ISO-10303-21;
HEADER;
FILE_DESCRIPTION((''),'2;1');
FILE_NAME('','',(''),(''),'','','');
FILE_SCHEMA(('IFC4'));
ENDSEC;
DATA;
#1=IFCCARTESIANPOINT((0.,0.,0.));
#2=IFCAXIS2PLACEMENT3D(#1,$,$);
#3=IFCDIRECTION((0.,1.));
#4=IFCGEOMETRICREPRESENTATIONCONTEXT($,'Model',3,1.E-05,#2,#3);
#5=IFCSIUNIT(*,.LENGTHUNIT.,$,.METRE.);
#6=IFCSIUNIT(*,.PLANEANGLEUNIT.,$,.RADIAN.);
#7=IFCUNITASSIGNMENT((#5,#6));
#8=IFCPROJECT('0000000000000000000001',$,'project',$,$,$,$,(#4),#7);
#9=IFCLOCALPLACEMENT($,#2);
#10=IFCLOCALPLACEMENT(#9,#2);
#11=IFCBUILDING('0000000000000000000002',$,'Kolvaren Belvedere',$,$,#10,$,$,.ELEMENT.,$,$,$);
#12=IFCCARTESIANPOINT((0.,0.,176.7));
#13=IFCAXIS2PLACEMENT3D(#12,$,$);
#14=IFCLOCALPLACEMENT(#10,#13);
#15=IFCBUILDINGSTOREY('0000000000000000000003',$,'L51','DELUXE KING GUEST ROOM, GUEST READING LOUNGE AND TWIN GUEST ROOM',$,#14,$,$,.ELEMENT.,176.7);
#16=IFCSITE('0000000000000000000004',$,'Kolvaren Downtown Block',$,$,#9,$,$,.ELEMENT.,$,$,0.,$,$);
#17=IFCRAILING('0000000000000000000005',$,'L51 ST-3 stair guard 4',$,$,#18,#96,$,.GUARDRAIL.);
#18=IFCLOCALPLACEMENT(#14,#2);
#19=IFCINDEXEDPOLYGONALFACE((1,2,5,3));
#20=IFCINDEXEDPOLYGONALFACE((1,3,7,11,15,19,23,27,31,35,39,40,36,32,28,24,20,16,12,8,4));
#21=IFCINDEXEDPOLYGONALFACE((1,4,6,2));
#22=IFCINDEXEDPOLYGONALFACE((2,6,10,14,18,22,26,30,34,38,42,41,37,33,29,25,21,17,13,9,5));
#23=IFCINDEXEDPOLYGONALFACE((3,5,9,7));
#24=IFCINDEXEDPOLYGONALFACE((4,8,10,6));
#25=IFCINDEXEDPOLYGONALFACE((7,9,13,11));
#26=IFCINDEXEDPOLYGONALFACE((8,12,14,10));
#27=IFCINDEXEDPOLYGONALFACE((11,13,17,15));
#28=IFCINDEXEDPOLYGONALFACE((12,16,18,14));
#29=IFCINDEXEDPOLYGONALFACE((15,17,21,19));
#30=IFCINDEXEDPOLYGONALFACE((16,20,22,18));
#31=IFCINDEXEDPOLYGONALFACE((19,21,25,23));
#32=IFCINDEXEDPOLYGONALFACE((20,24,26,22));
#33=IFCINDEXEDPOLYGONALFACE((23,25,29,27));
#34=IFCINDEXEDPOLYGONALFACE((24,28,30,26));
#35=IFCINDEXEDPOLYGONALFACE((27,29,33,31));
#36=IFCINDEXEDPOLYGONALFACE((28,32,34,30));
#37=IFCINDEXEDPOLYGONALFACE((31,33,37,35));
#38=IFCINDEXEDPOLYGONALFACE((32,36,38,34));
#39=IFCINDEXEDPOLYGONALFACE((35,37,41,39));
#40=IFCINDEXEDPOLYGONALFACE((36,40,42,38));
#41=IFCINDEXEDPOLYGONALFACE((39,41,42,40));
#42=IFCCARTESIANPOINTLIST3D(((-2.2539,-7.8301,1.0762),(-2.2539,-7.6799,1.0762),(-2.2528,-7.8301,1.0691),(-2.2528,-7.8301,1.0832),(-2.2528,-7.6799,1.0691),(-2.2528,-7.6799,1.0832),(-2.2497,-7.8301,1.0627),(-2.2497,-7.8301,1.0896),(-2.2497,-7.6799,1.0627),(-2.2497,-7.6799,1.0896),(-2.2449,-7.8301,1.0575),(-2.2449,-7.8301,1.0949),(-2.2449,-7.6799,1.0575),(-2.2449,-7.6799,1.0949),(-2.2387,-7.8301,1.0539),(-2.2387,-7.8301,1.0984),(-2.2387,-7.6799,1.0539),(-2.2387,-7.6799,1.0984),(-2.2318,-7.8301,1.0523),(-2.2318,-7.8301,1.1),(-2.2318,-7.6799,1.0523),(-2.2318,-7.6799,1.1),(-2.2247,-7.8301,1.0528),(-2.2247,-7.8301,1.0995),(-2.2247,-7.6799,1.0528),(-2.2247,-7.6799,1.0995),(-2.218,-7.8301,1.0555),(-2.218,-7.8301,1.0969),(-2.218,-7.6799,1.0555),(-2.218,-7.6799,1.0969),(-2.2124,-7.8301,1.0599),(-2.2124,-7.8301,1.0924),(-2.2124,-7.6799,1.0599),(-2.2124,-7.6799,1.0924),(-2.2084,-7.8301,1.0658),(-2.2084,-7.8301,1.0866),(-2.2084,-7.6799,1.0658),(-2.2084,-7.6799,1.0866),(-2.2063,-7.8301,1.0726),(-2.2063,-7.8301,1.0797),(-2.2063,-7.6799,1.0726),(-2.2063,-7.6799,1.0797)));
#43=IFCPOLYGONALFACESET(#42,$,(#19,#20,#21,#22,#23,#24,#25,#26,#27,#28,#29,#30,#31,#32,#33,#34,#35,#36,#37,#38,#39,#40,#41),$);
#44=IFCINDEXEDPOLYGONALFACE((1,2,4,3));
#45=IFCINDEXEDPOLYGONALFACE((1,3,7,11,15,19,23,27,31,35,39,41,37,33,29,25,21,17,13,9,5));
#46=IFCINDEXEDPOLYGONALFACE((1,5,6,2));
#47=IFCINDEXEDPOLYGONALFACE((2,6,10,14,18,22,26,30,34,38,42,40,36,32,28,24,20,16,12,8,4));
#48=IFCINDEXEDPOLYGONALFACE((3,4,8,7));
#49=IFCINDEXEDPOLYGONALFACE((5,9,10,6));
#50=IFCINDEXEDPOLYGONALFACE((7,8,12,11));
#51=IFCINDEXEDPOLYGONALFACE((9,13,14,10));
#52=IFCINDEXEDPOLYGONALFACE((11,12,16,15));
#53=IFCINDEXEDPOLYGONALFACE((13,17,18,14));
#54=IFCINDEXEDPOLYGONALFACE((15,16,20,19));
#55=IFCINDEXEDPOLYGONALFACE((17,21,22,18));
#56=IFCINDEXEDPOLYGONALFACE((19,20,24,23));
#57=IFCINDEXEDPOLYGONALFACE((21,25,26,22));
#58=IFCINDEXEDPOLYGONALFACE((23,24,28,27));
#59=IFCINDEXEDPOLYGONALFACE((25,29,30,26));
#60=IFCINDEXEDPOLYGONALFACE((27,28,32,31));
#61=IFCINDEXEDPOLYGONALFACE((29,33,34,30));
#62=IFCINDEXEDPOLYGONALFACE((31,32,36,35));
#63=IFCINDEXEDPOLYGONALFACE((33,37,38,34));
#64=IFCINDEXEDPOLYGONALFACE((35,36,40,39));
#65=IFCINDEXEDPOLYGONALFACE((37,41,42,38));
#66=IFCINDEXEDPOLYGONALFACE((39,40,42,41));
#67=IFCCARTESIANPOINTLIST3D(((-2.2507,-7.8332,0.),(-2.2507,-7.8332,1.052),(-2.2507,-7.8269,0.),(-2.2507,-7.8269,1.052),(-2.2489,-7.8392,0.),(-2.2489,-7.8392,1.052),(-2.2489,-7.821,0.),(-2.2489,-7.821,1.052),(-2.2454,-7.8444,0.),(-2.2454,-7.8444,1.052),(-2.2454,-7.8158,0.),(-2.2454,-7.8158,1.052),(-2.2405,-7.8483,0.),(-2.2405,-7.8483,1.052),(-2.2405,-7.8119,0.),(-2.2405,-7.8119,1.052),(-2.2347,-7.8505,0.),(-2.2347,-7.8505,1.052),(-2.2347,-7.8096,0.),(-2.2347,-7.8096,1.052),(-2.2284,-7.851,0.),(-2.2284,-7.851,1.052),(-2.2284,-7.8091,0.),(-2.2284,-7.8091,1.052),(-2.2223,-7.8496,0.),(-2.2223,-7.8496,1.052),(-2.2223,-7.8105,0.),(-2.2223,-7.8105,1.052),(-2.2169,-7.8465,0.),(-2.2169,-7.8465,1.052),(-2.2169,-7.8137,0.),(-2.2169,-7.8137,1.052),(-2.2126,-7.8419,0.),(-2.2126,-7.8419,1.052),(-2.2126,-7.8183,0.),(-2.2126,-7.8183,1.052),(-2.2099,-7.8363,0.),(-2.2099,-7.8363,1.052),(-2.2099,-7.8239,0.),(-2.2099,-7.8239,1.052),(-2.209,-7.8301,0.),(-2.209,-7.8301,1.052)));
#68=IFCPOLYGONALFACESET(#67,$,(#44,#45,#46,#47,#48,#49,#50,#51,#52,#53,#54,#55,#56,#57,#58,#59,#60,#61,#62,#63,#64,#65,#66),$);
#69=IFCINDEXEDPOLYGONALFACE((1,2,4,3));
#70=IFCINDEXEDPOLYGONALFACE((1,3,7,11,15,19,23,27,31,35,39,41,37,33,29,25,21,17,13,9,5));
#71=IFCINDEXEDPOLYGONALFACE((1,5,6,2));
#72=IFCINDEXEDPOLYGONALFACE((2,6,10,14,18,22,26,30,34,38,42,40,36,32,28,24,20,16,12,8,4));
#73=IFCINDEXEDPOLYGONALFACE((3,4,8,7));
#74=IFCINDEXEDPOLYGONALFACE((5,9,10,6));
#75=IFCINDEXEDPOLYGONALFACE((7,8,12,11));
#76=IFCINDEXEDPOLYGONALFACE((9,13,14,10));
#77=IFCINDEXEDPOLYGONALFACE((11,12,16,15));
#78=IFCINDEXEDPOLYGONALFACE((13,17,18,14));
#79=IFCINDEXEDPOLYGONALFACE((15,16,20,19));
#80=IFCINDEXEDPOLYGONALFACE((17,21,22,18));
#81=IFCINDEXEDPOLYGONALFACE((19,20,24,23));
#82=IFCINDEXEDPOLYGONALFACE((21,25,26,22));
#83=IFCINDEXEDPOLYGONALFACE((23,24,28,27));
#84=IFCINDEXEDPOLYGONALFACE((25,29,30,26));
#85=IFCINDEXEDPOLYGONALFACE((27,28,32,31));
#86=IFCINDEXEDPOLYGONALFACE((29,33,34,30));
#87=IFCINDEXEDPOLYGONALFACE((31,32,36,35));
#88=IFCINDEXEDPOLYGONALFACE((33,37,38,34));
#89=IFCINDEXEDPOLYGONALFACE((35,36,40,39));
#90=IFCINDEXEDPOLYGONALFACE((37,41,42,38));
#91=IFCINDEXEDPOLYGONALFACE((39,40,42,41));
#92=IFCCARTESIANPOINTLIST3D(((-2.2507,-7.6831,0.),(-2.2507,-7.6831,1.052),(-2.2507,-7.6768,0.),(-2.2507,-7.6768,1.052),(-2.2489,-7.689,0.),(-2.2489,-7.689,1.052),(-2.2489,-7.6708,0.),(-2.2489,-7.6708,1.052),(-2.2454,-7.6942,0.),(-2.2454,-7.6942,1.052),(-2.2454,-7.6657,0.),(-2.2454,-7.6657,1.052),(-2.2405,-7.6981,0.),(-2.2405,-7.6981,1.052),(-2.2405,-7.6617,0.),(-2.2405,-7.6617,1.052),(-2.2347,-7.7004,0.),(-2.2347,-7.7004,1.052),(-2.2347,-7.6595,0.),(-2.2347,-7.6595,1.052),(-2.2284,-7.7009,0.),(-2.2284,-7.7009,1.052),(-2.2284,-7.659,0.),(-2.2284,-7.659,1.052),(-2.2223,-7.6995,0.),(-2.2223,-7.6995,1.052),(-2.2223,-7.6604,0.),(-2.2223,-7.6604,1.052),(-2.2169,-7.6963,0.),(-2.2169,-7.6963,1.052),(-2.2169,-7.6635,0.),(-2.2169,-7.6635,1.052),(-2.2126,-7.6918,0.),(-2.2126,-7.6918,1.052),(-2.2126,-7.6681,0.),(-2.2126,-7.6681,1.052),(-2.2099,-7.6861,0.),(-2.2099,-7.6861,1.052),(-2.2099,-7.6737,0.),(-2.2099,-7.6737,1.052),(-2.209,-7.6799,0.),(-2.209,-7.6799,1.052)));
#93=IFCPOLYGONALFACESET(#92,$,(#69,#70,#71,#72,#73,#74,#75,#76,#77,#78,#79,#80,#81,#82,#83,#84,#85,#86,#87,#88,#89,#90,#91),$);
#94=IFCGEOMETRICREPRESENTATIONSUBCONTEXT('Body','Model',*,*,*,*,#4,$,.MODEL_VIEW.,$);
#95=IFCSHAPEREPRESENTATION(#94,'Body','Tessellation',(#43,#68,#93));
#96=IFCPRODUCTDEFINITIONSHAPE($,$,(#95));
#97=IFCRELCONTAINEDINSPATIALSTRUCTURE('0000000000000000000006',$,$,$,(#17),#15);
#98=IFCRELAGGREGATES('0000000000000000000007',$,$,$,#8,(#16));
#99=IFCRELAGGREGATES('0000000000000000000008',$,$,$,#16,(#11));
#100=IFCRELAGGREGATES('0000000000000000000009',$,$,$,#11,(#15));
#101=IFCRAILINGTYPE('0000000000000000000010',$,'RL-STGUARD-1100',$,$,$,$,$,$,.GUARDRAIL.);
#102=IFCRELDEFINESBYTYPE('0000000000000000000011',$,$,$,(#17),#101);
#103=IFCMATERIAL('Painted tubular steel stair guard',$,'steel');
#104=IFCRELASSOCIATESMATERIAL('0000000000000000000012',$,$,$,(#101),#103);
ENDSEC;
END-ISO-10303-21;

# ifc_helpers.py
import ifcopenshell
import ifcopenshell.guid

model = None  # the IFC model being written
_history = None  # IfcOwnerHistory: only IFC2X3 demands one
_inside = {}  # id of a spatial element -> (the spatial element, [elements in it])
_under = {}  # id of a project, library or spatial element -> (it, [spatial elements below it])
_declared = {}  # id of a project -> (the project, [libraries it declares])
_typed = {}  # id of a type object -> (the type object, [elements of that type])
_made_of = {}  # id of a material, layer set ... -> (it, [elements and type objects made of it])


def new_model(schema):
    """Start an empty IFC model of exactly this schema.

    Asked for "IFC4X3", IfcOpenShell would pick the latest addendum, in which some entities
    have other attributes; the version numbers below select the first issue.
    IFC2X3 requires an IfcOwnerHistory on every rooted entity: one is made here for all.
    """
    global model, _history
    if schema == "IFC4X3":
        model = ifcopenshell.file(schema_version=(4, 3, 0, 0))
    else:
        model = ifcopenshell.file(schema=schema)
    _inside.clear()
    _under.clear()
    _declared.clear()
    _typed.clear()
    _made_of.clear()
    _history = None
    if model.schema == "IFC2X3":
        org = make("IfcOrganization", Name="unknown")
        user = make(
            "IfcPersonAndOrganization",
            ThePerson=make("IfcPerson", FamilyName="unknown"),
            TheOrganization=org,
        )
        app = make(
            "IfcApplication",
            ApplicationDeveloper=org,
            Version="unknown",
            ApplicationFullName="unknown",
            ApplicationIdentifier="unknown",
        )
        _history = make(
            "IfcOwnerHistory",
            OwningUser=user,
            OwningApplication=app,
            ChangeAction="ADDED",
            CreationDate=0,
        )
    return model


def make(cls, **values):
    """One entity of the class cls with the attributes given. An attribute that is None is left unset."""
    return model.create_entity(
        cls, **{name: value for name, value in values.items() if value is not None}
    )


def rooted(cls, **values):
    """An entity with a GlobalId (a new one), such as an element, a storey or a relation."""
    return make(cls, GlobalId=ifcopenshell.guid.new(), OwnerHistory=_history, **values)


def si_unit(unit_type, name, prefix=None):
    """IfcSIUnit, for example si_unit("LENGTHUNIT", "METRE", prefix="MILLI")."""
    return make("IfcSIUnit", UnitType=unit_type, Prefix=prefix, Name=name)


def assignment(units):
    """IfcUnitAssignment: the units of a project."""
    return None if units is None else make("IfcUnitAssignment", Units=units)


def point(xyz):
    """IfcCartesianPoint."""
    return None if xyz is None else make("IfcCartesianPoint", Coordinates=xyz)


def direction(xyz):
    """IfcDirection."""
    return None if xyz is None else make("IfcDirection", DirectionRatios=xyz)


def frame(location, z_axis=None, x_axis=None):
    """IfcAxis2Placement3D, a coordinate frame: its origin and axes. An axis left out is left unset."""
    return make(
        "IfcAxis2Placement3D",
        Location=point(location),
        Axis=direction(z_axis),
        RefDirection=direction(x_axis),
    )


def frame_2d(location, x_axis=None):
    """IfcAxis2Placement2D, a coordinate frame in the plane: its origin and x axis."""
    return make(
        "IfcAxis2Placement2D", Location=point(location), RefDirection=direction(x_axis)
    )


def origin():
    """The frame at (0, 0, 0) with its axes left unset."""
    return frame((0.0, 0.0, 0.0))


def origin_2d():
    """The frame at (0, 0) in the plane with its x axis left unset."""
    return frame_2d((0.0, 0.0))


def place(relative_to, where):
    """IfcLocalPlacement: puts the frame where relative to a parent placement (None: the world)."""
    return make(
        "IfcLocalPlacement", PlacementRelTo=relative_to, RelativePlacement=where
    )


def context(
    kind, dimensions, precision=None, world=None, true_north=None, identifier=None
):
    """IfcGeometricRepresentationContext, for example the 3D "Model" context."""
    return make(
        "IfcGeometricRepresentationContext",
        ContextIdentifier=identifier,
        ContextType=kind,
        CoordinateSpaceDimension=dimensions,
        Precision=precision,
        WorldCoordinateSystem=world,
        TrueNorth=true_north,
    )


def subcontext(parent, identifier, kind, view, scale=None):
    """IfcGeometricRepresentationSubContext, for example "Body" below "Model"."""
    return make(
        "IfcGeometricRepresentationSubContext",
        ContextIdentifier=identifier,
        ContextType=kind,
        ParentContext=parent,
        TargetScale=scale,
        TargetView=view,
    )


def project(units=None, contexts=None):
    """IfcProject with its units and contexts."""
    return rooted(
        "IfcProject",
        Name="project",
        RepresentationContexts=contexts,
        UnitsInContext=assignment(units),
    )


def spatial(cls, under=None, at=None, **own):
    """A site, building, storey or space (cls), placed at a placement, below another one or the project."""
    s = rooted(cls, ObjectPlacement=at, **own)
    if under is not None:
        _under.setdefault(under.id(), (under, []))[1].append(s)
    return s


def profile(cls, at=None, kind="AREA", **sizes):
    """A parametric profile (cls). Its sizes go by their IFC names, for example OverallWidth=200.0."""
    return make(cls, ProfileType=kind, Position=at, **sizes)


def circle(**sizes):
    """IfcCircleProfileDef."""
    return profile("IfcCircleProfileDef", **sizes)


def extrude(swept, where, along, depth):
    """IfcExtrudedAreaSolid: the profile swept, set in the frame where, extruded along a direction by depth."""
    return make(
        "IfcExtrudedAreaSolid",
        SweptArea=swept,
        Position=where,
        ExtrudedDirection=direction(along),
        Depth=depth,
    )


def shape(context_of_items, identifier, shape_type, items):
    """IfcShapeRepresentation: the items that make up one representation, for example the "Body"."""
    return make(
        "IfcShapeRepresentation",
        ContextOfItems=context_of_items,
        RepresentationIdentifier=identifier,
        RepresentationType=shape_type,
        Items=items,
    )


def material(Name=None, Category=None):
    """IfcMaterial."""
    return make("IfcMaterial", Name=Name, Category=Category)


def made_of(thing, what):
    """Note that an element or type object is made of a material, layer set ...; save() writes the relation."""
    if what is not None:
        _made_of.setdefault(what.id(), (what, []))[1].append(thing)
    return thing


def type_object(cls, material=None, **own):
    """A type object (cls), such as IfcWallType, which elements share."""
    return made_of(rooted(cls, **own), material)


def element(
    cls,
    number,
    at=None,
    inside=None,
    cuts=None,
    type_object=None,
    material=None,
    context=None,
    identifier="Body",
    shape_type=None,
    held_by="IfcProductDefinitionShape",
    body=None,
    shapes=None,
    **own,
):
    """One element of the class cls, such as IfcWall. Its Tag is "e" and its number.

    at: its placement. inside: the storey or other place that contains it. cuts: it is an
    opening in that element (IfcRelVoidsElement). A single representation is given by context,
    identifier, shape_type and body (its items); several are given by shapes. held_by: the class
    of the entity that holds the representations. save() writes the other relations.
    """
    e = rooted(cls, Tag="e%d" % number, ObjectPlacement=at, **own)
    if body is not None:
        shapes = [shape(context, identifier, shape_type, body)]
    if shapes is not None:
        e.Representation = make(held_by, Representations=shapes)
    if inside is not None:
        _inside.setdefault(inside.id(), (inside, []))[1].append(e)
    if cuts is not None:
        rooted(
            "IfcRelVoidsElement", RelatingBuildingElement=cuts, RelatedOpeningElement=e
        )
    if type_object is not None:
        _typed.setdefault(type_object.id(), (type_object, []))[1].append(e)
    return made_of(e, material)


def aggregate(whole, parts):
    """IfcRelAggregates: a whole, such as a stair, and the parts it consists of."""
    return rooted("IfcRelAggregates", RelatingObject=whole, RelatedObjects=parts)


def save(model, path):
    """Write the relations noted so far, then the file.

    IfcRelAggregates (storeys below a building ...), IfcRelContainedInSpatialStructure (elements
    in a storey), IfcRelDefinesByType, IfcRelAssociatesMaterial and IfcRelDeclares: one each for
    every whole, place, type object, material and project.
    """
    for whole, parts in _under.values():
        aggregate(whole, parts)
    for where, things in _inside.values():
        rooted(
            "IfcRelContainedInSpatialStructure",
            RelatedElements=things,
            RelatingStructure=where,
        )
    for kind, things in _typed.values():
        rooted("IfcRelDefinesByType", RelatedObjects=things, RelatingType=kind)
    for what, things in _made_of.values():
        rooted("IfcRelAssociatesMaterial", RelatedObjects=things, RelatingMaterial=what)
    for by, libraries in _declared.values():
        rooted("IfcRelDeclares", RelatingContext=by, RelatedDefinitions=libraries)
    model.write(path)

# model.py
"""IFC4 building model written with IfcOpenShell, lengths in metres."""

from ifc_helpers import new_model, si_unit, direction, frame, origin, origin_2d, place, context, subcontext, project, spatial, circle, extrude, material, type_object, element, save


model = new_model("IFC4")

# Units and contexts
model_context = context("Model", 3, precision=1e-05, world=origin(), true_north=direction((0.0, 1.0)))
body_context = subcontext(model_context, "Body", "Model", "MODEL_VIEW")
ifc_project = project(units=[si_unit("LENGTHUNIT", "METRE"), si_unit("PLANEANGLEUNIT", "RADIAN")], contexts=[model_context])

# Site, building, storey
site_placement = place(None, origin())
site = spatial("IfcSite", under=ifc_project, at=site_placement, Name="Kolvaren Downtown Block", CompositionType="ELEMENT", RefElevation=0.0)
building_placement = place(site_placement, origin())
building = spatial("IfcBuilding", under=site, at=building_placement, Name="Kolvaren Belvedere", CompositionType="ELEMENT")
storey_placement = place(building_placement, frame((0.0, 0.0, 176.7)))
storey = spatial("IfcBuildingStorey", under=building, at=storey_placement, Name="L51", Description="DELUXE KING GUEST ROOM, GUEST READING LOUNGE AND TWIN GUEST ROOM", CompositionType="ELEMENT", Elevation=176.7)

# Railing
ifc_material_1 = material(Name="Painted tubular steel stair guard", Category="steel")
railing_type_1 = type_object("IfcRailingType", Name="RL-STGUARD-1100", PredefinedType="GUARDRAIL", material=ifc_material_1)
railing_1_placement = place(storey_placement, frame((-2.23, -7.8301, 0.0)))
element("IfcRailing", 1, at=railing_1_placement, inside=storey, type_object=railing_type_1, Name="L51 ST-3 stair guard 4", PredefinedType="GUARDRAIL", context=body_context, shape_type="SweptSolid", body=[
    extrude(circle(Radius=0.0239, at=origin_2d()), frame((0.0, 0.0, 1.0762), z_axis=(0.0, 1.0, 0.0), x_axis=(-1.0, 0.0, 0.0)), (0.0, 0.0, 1.0), 0.1501),
    extrude(circle(Radius=0.021, at=origin_2d()), origin(), (0.0, 0.0, 1.0), 1.052),
    extrude(circle(Radius=0.021, at=origin_2d()), frame((0.0, 0.1501, 0.0)), (0.0, 0.0, 1.0), 1.052),
])

save(model, "model.ifc")
